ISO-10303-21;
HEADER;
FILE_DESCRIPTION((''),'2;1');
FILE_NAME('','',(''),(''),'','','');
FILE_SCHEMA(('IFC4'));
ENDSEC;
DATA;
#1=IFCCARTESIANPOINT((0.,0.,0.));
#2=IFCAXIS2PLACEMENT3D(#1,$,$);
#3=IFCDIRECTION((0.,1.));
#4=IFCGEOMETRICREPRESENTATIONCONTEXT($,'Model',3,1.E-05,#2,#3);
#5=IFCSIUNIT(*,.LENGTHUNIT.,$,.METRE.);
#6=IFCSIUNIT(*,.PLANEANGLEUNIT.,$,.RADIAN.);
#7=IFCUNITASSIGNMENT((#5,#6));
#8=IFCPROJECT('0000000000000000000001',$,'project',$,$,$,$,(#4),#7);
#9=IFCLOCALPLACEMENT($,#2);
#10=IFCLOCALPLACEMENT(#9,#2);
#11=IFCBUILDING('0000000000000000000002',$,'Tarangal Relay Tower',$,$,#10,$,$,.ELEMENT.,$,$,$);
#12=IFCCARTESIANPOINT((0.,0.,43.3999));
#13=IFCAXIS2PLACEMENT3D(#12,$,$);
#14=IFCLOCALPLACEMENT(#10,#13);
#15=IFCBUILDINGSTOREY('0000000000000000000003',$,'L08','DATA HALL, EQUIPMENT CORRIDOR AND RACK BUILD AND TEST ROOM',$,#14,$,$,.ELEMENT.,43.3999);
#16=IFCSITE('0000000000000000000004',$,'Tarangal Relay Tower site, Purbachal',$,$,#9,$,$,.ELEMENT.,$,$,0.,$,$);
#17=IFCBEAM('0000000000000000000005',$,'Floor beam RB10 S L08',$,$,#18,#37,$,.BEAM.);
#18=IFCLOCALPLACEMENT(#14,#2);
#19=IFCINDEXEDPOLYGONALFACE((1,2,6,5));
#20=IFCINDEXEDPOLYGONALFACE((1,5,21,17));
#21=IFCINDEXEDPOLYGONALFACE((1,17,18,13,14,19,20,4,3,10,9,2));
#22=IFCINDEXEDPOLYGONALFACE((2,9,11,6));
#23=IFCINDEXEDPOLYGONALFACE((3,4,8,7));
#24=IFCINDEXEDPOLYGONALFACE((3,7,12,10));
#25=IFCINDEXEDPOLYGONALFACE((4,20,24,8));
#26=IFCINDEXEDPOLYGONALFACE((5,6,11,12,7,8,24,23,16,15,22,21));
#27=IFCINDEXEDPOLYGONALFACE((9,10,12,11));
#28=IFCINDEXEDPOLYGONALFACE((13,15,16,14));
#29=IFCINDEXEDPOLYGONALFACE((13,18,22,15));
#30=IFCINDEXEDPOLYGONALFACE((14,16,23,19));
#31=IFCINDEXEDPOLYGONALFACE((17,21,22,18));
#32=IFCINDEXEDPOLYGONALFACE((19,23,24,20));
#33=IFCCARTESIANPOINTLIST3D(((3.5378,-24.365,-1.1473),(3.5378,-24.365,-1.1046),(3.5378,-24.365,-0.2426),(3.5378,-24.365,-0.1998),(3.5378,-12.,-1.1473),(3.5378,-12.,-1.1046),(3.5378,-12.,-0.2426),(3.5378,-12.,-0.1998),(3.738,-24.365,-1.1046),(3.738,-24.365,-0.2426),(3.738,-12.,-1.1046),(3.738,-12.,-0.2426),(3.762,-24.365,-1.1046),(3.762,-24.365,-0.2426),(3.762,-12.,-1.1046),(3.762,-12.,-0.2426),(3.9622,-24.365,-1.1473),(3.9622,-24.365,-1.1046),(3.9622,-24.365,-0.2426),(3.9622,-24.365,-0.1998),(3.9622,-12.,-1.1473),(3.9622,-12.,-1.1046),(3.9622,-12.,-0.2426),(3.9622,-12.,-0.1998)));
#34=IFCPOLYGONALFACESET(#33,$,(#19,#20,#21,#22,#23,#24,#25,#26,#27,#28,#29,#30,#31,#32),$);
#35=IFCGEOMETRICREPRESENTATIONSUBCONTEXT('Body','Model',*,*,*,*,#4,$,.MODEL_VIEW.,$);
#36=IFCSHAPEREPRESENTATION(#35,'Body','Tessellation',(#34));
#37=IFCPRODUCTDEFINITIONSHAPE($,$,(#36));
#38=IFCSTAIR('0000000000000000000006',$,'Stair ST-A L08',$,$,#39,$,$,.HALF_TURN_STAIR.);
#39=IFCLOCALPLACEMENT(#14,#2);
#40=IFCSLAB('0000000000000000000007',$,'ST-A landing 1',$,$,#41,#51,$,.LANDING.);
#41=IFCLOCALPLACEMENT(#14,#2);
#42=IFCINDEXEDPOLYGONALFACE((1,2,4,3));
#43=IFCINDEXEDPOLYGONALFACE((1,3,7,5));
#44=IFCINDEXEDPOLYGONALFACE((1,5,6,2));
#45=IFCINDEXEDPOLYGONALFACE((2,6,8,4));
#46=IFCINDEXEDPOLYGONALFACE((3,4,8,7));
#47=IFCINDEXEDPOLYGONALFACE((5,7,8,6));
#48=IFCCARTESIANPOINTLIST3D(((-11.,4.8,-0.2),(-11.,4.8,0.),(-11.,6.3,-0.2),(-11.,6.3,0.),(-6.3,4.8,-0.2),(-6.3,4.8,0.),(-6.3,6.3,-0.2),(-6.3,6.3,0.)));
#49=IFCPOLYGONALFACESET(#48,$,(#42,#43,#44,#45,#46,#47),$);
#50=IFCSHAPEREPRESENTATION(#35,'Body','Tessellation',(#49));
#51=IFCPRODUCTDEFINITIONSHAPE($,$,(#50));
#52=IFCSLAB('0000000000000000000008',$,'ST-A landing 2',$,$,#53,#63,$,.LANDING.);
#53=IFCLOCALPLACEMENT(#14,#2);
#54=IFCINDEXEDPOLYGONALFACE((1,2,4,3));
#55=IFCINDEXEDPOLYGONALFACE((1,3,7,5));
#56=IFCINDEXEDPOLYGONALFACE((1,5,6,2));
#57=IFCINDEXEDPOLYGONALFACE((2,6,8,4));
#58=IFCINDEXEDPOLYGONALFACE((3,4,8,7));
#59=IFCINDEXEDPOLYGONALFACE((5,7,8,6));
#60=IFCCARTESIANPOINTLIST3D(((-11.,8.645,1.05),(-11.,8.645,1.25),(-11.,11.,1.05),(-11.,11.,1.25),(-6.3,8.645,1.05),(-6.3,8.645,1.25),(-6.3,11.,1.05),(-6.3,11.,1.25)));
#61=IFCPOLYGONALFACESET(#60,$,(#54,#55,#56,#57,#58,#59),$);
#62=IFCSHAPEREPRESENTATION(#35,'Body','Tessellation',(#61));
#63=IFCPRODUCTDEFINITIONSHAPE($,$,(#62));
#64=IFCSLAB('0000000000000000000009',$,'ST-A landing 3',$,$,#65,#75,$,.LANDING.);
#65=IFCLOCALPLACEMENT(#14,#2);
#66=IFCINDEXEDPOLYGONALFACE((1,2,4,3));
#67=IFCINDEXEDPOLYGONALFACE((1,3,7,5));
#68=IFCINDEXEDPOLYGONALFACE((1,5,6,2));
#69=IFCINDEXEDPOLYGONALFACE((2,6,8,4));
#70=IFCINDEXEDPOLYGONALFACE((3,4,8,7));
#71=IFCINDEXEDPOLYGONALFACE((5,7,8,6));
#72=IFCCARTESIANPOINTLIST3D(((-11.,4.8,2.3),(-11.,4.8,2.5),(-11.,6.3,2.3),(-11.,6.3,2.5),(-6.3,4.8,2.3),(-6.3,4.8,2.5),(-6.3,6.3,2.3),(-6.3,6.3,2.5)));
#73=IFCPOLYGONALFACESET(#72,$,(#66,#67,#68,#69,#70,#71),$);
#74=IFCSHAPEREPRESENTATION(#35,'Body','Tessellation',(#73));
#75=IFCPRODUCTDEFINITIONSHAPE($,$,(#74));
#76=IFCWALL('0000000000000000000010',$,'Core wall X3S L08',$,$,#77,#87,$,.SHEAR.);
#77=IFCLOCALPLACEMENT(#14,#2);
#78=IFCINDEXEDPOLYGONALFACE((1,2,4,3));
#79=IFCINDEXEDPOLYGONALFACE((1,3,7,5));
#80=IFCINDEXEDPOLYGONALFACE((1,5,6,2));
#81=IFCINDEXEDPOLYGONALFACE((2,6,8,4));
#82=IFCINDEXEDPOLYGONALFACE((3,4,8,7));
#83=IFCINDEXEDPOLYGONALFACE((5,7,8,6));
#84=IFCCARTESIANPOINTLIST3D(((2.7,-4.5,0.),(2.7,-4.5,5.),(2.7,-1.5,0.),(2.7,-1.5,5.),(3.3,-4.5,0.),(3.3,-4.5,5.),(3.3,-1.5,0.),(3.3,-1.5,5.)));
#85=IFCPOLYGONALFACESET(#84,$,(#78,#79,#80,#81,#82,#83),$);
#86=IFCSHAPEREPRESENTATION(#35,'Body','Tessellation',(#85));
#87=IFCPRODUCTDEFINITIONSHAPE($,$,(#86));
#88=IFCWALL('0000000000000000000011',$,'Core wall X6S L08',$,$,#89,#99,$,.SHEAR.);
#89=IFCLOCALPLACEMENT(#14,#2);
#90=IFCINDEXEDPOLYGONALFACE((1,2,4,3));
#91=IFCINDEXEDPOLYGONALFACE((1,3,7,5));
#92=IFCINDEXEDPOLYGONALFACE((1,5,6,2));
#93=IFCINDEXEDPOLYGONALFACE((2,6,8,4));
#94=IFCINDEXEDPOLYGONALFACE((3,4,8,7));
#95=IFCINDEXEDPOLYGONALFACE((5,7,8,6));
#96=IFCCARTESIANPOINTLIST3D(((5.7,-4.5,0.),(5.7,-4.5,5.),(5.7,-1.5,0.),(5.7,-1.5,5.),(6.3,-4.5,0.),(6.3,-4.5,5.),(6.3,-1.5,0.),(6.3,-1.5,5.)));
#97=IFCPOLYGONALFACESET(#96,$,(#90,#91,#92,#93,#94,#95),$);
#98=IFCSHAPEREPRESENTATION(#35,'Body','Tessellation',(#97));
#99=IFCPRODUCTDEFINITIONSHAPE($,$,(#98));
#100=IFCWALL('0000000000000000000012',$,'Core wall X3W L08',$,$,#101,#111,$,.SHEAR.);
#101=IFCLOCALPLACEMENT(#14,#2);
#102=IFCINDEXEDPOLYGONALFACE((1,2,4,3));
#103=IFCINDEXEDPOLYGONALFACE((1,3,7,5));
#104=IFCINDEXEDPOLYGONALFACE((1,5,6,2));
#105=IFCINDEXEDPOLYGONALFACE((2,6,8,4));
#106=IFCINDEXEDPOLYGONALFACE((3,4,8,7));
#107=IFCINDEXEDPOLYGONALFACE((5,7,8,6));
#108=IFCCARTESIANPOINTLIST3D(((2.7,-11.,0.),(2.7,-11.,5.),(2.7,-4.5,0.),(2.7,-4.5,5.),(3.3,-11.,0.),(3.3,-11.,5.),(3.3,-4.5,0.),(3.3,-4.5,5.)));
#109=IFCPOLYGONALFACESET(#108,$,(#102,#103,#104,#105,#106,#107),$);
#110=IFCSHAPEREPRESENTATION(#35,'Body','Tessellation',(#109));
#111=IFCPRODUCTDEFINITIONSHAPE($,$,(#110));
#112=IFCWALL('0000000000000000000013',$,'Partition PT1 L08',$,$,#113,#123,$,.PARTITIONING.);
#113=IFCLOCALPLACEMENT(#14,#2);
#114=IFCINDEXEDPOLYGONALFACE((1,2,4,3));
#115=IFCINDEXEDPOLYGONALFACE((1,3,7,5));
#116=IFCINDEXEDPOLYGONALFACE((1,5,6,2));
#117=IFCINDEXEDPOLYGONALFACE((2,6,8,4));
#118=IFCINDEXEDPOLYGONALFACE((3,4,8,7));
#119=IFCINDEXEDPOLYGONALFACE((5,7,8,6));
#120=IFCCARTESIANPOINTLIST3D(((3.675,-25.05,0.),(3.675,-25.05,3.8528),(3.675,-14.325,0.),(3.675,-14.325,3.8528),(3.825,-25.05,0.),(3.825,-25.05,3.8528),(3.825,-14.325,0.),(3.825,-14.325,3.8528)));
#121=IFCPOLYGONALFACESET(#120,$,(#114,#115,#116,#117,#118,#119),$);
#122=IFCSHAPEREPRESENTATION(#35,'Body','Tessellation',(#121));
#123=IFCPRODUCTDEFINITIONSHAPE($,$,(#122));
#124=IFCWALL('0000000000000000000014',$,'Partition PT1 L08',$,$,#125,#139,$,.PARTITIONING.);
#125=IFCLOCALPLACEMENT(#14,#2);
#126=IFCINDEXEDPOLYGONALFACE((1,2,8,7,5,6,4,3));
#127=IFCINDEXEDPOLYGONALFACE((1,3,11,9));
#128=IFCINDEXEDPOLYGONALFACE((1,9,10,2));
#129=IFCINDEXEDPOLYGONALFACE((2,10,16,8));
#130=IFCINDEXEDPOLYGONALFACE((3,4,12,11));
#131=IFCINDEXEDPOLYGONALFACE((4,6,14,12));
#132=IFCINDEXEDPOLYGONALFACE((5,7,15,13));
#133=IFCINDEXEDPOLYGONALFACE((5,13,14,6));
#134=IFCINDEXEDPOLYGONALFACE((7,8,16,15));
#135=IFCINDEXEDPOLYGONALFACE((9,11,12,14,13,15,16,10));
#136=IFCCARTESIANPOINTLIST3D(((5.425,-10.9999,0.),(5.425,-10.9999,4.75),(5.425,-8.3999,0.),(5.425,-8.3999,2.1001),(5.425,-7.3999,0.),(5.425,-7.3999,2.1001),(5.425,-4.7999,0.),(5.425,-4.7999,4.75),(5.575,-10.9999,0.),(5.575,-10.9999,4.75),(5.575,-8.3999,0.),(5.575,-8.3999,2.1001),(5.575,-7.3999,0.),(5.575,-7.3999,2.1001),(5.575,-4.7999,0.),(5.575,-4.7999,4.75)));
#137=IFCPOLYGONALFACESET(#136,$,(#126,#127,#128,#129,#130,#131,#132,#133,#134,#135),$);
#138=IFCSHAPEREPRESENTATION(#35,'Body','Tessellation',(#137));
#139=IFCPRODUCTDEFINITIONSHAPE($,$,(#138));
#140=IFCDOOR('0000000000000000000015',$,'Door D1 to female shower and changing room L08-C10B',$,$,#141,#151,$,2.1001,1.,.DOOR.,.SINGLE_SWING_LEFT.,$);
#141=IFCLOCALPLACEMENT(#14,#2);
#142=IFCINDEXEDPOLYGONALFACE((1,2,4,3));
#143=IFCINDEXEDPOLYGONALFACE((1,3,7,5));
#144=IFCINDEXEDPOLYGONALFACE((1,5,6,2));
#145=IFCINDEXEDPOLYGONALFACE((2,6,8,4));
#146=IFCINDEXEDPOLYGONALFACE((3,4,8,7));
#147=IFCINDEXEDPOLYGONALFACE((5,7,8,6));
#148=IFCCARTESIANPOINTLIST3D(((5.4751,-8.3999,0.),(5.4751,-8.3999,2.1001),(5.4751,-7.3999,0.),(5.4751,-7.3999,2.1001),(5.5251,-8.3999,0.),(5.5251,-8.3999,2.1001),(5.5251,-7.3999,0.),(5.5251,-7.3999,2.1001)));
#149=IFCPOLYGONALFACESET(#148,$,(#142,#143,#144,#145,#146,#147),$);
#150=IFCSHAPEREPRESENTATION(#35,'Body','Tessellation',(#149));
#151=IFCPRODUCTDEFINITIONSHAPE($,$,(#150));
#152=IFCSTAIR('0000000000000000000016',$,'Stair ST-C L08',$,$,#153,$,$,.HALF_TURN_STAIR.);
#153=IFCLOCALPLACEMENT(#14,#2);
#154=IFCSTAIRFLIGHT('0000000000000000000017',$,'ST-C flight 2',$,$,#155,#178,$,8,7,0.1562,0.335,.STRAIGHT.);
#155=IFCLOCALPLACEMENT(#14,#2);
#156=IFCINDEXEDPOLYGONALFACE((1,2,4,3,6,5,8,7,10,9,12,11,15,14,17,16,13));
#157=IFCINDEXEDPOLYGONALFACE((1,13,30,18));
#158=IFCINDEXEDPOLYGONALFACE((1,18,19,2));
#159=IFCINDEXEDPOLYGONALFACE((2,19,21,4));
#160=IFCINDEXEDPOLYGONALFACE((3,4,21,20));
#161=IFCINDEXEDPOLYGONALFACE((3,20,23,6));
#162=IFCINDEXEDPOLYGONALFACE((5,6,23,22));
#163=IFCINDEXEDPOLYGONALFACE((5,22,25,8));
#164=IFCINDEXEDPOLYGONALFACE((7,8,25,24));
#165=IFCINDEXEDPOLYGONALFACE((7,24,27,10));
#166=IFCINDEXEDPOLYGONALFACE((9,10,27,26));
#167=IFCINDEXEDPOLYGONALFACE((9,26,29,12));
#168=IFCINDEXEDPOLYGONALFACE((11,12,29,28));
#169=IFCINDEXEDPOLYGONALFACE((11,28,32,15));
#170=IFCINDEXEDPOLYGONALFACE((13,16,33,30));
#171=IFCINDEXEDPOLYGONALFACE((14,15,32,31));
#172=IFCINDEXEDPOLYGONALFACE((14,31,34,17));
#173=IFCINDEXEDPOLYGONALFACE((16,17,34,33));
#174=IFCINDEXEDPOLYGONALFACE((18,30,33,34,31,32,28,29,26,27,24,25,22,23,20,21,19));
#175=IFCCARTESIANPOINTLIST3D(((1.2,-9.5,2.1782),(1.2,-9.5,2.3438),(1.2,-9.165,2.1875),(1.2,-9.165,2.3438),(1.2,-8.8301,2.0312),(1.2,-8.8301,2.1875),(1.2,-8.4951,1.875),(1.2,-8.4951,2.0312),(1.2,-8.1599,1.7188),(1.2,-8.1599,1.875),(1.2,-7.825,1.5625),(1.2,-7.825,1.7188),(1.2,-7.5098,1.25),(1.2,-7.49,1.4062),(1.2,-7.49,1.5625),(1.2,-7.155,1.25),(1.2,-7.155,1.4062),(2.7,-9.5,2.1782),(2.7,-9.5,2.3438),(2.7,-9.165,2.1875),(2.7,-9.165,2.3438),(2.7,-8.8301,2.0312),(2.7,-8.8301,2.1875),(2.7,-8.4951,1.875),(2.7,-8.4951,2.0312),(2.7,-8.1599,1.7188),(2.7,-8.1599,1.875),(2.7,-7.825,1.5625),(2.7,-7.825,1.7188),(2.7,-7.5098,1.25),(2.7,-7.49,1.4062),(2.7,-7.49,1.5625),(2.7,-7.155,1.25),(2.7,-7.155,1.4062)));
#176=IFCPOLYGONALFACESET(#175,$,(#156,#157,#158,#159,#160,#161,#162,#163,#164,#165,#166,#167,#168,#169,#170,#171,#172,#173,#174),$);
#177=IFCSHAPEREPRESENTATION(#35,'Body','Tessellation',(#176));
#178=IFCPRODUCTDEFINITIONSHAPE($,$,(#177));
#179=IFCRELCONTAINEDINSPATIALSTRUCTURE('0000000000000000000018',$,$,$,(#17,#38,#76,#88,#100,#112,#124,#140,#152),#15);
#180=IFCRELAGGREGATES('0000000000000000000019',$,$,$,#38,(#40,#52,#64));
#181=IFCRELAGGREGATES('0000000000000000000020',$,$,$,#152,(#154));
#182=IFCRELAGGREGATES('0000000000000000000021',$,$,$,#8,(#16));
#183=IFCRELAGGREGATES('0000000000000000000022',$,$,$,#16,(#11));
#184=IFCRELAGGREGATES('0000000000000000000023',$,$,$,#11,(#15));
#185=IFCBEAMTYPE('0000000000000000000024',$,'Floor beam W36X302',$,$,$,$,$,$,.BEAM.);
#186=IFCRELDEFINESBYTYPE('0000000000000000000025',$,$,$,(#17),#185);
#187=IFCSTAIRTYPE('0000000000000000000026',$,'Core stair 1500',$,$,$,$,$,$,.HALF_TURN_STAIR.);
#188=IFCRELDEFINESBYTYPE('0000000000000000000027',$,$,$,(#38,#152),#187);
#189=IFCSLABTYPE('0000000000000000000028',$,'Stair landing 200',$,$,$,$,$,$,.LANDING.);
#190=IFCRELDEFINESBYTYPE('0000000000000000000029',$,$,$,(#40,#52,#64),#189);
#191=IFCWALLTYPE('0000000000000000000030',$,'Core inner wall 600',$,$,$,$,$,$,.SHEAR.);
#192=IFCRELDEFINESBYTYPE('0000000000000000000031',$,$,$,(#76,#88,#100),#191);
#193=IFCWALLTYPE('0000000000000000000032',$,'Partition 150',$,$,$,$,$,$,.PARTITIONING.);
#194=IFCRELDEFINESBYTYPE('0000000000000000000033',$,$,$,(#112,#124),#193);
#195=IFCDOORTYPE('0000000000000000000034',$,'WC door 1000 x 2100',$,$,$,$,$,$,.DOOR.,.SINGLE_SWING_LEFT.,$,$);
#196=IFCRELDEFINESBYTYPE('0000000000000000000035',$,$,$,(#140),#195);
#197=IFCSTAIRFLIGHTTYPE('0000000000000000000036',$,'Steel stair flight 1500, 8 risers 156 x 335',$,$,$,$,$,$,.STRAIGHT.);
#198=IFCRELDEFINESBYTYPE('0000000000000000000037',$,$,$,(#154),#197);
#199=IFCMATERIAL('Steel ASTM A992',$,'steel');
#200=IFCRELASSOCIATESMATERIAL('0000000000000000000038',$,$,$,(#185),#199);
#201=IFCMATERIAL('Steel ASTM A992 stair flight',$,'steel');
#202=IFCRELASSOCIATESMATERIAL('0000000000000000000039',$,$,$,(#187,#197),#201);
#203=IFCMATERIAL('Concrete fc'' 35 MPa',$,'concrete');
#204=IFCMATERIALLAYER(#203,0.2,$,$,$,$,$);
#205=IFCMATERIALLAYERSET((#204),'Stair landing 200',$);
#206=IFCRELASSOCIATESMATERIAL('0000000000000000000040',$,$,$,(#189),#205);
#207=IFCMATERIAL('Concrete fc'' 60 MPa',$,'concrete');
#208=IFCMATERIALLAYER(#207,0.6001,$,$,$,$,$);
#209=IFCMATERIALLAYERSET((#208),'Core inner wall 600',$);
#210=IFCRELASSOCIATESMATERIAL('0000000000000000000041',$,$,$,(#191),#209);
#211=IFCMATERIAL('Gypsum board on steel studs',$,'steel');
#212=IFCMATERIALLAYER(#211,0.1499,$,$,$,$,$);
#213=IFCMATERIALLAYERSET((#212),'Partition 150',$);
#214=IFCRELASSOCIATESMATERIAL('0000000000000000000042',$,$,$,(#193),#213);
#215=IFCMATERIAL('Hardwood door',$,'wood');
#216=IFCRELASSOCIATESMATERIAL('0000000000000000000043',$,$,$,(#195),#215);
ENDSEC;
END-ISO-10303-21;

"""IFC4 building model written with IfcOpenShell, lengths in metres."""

from ifc_helpers import new_model, si_unit, direction, frame, frame_2d, origin, origin_2d, place, context, subcontext, project, spatial, polyline, rectangle, i_section, outline, extrude, material, layer, layer_set, material_profile, profile_set, type_object, element, fill, aggregate, save


model = new_model("IFC4")

# Units and contexts
model_context = context("Model", 3, precision=1e-05, world=origin(), true_north=direction((0.0, 1.0)))
body_context = subcontext(model_context, "Body", "Model", "MODEL_VIEW")
ifc_project = project(units=[si_unit("LENGTHUNIT", "METRE"), si_unit("PLANEANGLEUNIT", "RADIAN")], contexts=[model_context])

# Site, building, storey
site_placement = place(None, origin())
site = spatial("IfcSite", under=ifc_project, at=site_placement, Name="Tarangal Relay Tower site, Purbachal", CompositionType="ELEMENT", RefElevation=0.0)
building_placement = place(site_placement, origin())
building = spatial("IfcBuilding", under=site, at=building_placement, Name="Tarangal Relay Tower", CompositionType="ELEMENT")
storey_placement = place(building_placement, frame((0.0, 0.0, 43.3999)))
storey = spatial("IfcBuildingStorey", under=building, at=storey_placement, Name="L08", Description="DATA HALL, EQUIPMENT CORRIDOR AND RACK BUILD AND TEST ROOM", CompositionType="ELEMENT", Elevation=43.3999)

# Beam
ifc_material_1 = material(Name="Steel ASTM A992", Category="steel")
ifc_material_profile = material_profile(ifc_material_1, i_section(OverallWidth=0.4243, OverallDepth=0.9475, WebThickness=0.0239, FlangeThickness=0.0427, at=origin_2d()), Name="W36X302")
ifc_profile_set = profile_set([ifc_material_profile], Name="Steel ASTM A992")
beam_type = type_object("IfcBeamType", Name="Floor beam W36X302", PredefinedType="BEAM", material=ifc_profile_set)
beam_placement = place(storey_placement, frame((3.75, -12.0, -0.6736), z_axis=(0.0, -1.0, 0.0), x_axis=(1.0, 0.0, 0.0)))
element("IfcBeam", 1, at=beam_placement, inside=storey, type_object=beam_type, Name="Floor beam RB10 S L08", PredefinedType="BEAM", context=body_context, shape_type="SweptSolid", body=[
    extrude(i_section(OverallWidth=0.4243, OverallDepth=0.9475, WebThickness=0.0239, FlangeThickness=0.0427, at=origin_2d()), origin(), (0.0, 0.0, 1.0), 12.365),
])

# Stair, slabs
ifc_material_2 = material(Name="Steel ASTM A992 stair flight", Category="steel")
stair_type = type_object("IfcStairType", Name="Core stair 1500", PredefinedType="HALF_TURN_STAIR", material=ifc_material_2)
stair_1_placement = place(storey_placement, origin())
stair_1 = element("IfcStair", 2, at=stair_1_placement, inside=storey, type_object=stair_type, Name="Stair ST-A L08", PredefinedType="HALF_TURN_STAIR")
ifc_material_3 = material(Name="Concrete fc' 35 MPa", Category="concrete")
ifc_layer_1 = layer(ifc_material_3, 0.2)
ifc_layer_set_1 = layer_set([ifc_layer_1], Name="Stair landing 200")
slab_type = type_object("IfcSlabType", Name="Stair landing 200", PredefinedType="LANDING", material=ifc_layer_set_1)
slab_1_placement = place(storey_placement, frame((0.0, 0.0, -0.2)))
slab_1 = element("IfcSlab", 3, at=slab_1_placement, type_object=slab_type, Name="ST-A landing 1", PredefinedType="LANDING", context=body_context, shape_type="SweptSolid", body=[
    extrude(outline(polyline([(-11.0, 4.8), (-6.3, 4.8), (-6.3, 6.3), (-11.0, 6.3), (-11.0, 4.8)])), origin(), (0.0, 0.0, 1.0), 0.2),
])
slab_2_placement = place(storey_placement, frame((0.0, 0.0, 1.05)))
slab_2 = element("IfcSlab", 4, at=slab_2_placement, type_object=slab_type, Name="ST-A landing 2", PredefinedType="LANDING", context=body_context, shape_type="SweptSolid", body=[
    extrude(outline(polyline([(-11.0, 8.645), (-6.3, 8.645), (-6.3, 11.0), (-11.0, 11.0), (-11.0, 8.645)])), origin(), (0.0, 0.0, 1.0), 0.2),
])
slab_3_placement = place(storey_placement, frame((0.0, 0.0, 2.3)))
slab_3 = element("IfcSlab", 5, at=slab_3_placement, type_object=slab_type, Name="ST-A landing 3", PredefinedType="LANDING", context=body_context, shape_type="SweptSolid", body=[
    extrude(outline(polyline([(-11.0, 4.8), (-6.3, 4.8), (-6.3, 6.3), (-11.0, 6.3), (-11.0, 4.8)])), origin(), (0.0, 0.0, 1.0), 0.2),
])
aggregate(stair_1, [slab_1, slab_2, slab_3])

# Walls
ifc_material_4 = material(Name="Concrete fc' 60 MPa", Category="concrete")
ifc_layer_2 = layer(ifc_material_4, 0.6001)
ifc_layer_set_2 = layer_set([ifc_layer_2], Name="Core inner wall 600")
wall_type_1 = type_object("IfcWallType", Name="Core inner wall 600", PredefinedType="SHEAR", material=ifc_layer_set_2)
for number, where, z_axis, x_axis, name in (
    (6, (3.0, -4.5, 0.0), (0.0, 0.0, 1.0), (0.0, 1.0, 0.0), "Core wall X3S L08"),
    (7, (6.0, -4.5, 0.0), (0.0, 0.0, 1.0), (0.0, 1.0, 0.0), "Core wall X6S L08"),
):
    element("IfcWall", number, at=place(storey_placement, frame(where, z_axis=z_axis, x_axis=x_axis)), inside=storey, type_object=wall_type_1, Name=name, PredefinedType="SHEAR", context=body_context, shape_type="SweptSolid", body=[
        extrude(rectangle(XDim=3.0, YDim=0.6001, at=frame_2d((1.5, 0.0))), origin(), (0.0, 0.0, 1.0), 5.0),
    ])
wall_1_placement = place(storey_placement, frame((3.0, -11.0, 0.0), z_axis=(0.0, 0.0, 1.0), x_axis=(0.0, 1.0, 0.0)))
element("IfcWall", 8, at=wall_1_placement, inside=storey, type_object=wall_type_1, Name="Core wall X3W L08", PredefinedType="SHEAR", context=body_context, shape_type="SweptSolid", body=[
    extrude(rectangle(XDim=6.5, YDim=0.6001, at=frame_2d((3.25, 0.0))), origin(), (0.0, 0.0, 1.0), 5.0),
])
ifc_material_5 = material(Name="Gypsum board on steel studs", Category="steel")
ifc_layer_3 = layer(ifc_material_5, 0.1499)
ifc_layer_set_3 = layer_set([ifc_layer_3], Name="Partition 150")
wall_type_2 = type_object("IfcWallType", Name="Partition 150", PredefinedType="PARTITIONING", material=ifc_layer_set_3)
wall_2_placement = place(storey_placement, frame((3.75, -25.05, 0.0), z_axis=(0.0, 0.0, 1.0), x_axis=(0.0, 1.0, 0.0)))
element("IfcWall", 9, at=wall_2_placement, inside=storey, type_object=wall_type_2, Name="Partition PT1 L08", PredefinedType="PARTITIONING", context=body_context, shape_type="SweptSolid", body=[
    extrude(rectangle(XDim=10.7251, YDim=0.1499, at=frame_2d((5.3625, 0.0))), origin(), (0.0, 0.0, 1.0), 3.8528),
])

# Wall, opening, door
wall_3_placement = place(storey_placement, frame((5.5, -11.0, 0.0), z_axis=(0.0, 0.0, 1.0), x_axis=(0.0, 1.0, 0.0)))
wall_3 = element("IfcWall", 10, at=wall_3_placement, inside=storey, type_object=wall_type_2, Name="Partition PT1 L08", PredefinedType="PARTITIONING", context=body_context, shape_type="SweptSolid", body=[
    extrude(rectangle(XDim=6.2, YDim=0.1499, at=frame_2d((3.1001, 0.0))), origin(), (0.0, 0.0, 1.0), 4.75),
])
opening_placement = place(wall_3_placement, frame((2.6001, 0.0, 0.0)))
opening = element("IfcOpeningElement", 11, at=opening_placement, cuts=wall_3, PredefinedType="OPENING", context=body_context, shape_type="SweptSolid", body=[
    extrude(rectangle(XDim=1.0, YDim=2.1001, at=frame_2d((0.5, 1.05))), frame((0.0, 0.085, 0.0), z_axis=(0.0, -1.0, 0.0), x_axis=(1.0, 0.0, 0.0)), (0.0, 0.0, 1.0), 0.1699),
])
ifc_material_6 = material(Name="Hardwood door", Category="wood")
door_type = type_object("IfcDoorType", Name="WC door 1000 x 2100", OperationType="SINGLE_SWING_LEFT", PredefinedType="DOOR", material=ifc_material_6)
door_placement = place(opening_placement, origin())
door = element("IfcDoor", 12, at=door_placement, inside=storey, type_object=door_type, Name="Door D1 to female shower and changing room L08-C10B", OperationType="SINGLE_SWING_LEFT", OverallHeight=2.1001, OverallWidth=1.0, PredefinedType="DOOR", context=body_context, shape_type="SweptSolid", body=[
    extrude(rectangle(XDim=1.0, YDim=2.1001, at=frame_2d((0.5, 1.05))), frame((0.0, 0.0249, 0.0), z_axis=(0.0, -1.0, 0.0), x_axis=(1.0, 0.0, 0.0)), (0.0, 0.0, 1.0), 0.05),
])
fill(opening, door)

# Stair, stair flight
stair_2_placement = place(storey_placement, origin())
stair_2 = element("IfcStair", 13, at=stair_2_placement, inside=storey, type_object=stair_type, Name="Stair ST-C L08", PredefinedType="HALF_TURN_STAIR")
stair_flight_type = type_object("IfcStairFlightType", Name="Steel stair flight 1500, 8 risers 156 x 335", PredefinedType="STRAIGHT", material=ifc_material_2)
stair_flight_1_placement = place(storey_placement, frame((1.95, -7.155, 1.25), z_axis=(0.0, 0.0, 1.0), x_axis=(0.0, -1.0, 0.0)))
stair_flight_1 = element("IfcStairFlight", 14, at=stair_flight_1_placement, type_object=stair_flight_type, Name="ST-C flight 2", NumberOfRisers=8, NumberOfTreads=7, PredefinedType="STRAIGHT", RiserHeight=0.1562, TreadLength=0.335, context=body_context, shape_type="SweptSolid", body=[
    extrude(outline(polyline([(0.0, 0.0), (0.0, 0.1562), (0.335, 0.1562), (0.335, 0.3125), (0.6699, 0.3125), (0.6699, 0.4688), (1.0049, 0.4688), (1.0049, 0.625), (1.3401, 0.625), (1.3401, 0.7812), (1.675, 0.7812), (1.675, 0.9375), (2.01, 0.9375), (2.01, 1.0938), (2.345, 1.0938), (2.345, 1.25), (2.345, 0.9282), (0.3547, 0.0), (0.0, 0.0)])), frame((0.0, 0.75, 0.0), z_axis=(0.0, -1.0, 0.0), x_axis=(1.0, 0.0, 0.0)), (0.0, 0.0, 1.0), 1.5),
])
aggregate(stair_2, [stair_flight_1])

save(model, "model.ifc")
